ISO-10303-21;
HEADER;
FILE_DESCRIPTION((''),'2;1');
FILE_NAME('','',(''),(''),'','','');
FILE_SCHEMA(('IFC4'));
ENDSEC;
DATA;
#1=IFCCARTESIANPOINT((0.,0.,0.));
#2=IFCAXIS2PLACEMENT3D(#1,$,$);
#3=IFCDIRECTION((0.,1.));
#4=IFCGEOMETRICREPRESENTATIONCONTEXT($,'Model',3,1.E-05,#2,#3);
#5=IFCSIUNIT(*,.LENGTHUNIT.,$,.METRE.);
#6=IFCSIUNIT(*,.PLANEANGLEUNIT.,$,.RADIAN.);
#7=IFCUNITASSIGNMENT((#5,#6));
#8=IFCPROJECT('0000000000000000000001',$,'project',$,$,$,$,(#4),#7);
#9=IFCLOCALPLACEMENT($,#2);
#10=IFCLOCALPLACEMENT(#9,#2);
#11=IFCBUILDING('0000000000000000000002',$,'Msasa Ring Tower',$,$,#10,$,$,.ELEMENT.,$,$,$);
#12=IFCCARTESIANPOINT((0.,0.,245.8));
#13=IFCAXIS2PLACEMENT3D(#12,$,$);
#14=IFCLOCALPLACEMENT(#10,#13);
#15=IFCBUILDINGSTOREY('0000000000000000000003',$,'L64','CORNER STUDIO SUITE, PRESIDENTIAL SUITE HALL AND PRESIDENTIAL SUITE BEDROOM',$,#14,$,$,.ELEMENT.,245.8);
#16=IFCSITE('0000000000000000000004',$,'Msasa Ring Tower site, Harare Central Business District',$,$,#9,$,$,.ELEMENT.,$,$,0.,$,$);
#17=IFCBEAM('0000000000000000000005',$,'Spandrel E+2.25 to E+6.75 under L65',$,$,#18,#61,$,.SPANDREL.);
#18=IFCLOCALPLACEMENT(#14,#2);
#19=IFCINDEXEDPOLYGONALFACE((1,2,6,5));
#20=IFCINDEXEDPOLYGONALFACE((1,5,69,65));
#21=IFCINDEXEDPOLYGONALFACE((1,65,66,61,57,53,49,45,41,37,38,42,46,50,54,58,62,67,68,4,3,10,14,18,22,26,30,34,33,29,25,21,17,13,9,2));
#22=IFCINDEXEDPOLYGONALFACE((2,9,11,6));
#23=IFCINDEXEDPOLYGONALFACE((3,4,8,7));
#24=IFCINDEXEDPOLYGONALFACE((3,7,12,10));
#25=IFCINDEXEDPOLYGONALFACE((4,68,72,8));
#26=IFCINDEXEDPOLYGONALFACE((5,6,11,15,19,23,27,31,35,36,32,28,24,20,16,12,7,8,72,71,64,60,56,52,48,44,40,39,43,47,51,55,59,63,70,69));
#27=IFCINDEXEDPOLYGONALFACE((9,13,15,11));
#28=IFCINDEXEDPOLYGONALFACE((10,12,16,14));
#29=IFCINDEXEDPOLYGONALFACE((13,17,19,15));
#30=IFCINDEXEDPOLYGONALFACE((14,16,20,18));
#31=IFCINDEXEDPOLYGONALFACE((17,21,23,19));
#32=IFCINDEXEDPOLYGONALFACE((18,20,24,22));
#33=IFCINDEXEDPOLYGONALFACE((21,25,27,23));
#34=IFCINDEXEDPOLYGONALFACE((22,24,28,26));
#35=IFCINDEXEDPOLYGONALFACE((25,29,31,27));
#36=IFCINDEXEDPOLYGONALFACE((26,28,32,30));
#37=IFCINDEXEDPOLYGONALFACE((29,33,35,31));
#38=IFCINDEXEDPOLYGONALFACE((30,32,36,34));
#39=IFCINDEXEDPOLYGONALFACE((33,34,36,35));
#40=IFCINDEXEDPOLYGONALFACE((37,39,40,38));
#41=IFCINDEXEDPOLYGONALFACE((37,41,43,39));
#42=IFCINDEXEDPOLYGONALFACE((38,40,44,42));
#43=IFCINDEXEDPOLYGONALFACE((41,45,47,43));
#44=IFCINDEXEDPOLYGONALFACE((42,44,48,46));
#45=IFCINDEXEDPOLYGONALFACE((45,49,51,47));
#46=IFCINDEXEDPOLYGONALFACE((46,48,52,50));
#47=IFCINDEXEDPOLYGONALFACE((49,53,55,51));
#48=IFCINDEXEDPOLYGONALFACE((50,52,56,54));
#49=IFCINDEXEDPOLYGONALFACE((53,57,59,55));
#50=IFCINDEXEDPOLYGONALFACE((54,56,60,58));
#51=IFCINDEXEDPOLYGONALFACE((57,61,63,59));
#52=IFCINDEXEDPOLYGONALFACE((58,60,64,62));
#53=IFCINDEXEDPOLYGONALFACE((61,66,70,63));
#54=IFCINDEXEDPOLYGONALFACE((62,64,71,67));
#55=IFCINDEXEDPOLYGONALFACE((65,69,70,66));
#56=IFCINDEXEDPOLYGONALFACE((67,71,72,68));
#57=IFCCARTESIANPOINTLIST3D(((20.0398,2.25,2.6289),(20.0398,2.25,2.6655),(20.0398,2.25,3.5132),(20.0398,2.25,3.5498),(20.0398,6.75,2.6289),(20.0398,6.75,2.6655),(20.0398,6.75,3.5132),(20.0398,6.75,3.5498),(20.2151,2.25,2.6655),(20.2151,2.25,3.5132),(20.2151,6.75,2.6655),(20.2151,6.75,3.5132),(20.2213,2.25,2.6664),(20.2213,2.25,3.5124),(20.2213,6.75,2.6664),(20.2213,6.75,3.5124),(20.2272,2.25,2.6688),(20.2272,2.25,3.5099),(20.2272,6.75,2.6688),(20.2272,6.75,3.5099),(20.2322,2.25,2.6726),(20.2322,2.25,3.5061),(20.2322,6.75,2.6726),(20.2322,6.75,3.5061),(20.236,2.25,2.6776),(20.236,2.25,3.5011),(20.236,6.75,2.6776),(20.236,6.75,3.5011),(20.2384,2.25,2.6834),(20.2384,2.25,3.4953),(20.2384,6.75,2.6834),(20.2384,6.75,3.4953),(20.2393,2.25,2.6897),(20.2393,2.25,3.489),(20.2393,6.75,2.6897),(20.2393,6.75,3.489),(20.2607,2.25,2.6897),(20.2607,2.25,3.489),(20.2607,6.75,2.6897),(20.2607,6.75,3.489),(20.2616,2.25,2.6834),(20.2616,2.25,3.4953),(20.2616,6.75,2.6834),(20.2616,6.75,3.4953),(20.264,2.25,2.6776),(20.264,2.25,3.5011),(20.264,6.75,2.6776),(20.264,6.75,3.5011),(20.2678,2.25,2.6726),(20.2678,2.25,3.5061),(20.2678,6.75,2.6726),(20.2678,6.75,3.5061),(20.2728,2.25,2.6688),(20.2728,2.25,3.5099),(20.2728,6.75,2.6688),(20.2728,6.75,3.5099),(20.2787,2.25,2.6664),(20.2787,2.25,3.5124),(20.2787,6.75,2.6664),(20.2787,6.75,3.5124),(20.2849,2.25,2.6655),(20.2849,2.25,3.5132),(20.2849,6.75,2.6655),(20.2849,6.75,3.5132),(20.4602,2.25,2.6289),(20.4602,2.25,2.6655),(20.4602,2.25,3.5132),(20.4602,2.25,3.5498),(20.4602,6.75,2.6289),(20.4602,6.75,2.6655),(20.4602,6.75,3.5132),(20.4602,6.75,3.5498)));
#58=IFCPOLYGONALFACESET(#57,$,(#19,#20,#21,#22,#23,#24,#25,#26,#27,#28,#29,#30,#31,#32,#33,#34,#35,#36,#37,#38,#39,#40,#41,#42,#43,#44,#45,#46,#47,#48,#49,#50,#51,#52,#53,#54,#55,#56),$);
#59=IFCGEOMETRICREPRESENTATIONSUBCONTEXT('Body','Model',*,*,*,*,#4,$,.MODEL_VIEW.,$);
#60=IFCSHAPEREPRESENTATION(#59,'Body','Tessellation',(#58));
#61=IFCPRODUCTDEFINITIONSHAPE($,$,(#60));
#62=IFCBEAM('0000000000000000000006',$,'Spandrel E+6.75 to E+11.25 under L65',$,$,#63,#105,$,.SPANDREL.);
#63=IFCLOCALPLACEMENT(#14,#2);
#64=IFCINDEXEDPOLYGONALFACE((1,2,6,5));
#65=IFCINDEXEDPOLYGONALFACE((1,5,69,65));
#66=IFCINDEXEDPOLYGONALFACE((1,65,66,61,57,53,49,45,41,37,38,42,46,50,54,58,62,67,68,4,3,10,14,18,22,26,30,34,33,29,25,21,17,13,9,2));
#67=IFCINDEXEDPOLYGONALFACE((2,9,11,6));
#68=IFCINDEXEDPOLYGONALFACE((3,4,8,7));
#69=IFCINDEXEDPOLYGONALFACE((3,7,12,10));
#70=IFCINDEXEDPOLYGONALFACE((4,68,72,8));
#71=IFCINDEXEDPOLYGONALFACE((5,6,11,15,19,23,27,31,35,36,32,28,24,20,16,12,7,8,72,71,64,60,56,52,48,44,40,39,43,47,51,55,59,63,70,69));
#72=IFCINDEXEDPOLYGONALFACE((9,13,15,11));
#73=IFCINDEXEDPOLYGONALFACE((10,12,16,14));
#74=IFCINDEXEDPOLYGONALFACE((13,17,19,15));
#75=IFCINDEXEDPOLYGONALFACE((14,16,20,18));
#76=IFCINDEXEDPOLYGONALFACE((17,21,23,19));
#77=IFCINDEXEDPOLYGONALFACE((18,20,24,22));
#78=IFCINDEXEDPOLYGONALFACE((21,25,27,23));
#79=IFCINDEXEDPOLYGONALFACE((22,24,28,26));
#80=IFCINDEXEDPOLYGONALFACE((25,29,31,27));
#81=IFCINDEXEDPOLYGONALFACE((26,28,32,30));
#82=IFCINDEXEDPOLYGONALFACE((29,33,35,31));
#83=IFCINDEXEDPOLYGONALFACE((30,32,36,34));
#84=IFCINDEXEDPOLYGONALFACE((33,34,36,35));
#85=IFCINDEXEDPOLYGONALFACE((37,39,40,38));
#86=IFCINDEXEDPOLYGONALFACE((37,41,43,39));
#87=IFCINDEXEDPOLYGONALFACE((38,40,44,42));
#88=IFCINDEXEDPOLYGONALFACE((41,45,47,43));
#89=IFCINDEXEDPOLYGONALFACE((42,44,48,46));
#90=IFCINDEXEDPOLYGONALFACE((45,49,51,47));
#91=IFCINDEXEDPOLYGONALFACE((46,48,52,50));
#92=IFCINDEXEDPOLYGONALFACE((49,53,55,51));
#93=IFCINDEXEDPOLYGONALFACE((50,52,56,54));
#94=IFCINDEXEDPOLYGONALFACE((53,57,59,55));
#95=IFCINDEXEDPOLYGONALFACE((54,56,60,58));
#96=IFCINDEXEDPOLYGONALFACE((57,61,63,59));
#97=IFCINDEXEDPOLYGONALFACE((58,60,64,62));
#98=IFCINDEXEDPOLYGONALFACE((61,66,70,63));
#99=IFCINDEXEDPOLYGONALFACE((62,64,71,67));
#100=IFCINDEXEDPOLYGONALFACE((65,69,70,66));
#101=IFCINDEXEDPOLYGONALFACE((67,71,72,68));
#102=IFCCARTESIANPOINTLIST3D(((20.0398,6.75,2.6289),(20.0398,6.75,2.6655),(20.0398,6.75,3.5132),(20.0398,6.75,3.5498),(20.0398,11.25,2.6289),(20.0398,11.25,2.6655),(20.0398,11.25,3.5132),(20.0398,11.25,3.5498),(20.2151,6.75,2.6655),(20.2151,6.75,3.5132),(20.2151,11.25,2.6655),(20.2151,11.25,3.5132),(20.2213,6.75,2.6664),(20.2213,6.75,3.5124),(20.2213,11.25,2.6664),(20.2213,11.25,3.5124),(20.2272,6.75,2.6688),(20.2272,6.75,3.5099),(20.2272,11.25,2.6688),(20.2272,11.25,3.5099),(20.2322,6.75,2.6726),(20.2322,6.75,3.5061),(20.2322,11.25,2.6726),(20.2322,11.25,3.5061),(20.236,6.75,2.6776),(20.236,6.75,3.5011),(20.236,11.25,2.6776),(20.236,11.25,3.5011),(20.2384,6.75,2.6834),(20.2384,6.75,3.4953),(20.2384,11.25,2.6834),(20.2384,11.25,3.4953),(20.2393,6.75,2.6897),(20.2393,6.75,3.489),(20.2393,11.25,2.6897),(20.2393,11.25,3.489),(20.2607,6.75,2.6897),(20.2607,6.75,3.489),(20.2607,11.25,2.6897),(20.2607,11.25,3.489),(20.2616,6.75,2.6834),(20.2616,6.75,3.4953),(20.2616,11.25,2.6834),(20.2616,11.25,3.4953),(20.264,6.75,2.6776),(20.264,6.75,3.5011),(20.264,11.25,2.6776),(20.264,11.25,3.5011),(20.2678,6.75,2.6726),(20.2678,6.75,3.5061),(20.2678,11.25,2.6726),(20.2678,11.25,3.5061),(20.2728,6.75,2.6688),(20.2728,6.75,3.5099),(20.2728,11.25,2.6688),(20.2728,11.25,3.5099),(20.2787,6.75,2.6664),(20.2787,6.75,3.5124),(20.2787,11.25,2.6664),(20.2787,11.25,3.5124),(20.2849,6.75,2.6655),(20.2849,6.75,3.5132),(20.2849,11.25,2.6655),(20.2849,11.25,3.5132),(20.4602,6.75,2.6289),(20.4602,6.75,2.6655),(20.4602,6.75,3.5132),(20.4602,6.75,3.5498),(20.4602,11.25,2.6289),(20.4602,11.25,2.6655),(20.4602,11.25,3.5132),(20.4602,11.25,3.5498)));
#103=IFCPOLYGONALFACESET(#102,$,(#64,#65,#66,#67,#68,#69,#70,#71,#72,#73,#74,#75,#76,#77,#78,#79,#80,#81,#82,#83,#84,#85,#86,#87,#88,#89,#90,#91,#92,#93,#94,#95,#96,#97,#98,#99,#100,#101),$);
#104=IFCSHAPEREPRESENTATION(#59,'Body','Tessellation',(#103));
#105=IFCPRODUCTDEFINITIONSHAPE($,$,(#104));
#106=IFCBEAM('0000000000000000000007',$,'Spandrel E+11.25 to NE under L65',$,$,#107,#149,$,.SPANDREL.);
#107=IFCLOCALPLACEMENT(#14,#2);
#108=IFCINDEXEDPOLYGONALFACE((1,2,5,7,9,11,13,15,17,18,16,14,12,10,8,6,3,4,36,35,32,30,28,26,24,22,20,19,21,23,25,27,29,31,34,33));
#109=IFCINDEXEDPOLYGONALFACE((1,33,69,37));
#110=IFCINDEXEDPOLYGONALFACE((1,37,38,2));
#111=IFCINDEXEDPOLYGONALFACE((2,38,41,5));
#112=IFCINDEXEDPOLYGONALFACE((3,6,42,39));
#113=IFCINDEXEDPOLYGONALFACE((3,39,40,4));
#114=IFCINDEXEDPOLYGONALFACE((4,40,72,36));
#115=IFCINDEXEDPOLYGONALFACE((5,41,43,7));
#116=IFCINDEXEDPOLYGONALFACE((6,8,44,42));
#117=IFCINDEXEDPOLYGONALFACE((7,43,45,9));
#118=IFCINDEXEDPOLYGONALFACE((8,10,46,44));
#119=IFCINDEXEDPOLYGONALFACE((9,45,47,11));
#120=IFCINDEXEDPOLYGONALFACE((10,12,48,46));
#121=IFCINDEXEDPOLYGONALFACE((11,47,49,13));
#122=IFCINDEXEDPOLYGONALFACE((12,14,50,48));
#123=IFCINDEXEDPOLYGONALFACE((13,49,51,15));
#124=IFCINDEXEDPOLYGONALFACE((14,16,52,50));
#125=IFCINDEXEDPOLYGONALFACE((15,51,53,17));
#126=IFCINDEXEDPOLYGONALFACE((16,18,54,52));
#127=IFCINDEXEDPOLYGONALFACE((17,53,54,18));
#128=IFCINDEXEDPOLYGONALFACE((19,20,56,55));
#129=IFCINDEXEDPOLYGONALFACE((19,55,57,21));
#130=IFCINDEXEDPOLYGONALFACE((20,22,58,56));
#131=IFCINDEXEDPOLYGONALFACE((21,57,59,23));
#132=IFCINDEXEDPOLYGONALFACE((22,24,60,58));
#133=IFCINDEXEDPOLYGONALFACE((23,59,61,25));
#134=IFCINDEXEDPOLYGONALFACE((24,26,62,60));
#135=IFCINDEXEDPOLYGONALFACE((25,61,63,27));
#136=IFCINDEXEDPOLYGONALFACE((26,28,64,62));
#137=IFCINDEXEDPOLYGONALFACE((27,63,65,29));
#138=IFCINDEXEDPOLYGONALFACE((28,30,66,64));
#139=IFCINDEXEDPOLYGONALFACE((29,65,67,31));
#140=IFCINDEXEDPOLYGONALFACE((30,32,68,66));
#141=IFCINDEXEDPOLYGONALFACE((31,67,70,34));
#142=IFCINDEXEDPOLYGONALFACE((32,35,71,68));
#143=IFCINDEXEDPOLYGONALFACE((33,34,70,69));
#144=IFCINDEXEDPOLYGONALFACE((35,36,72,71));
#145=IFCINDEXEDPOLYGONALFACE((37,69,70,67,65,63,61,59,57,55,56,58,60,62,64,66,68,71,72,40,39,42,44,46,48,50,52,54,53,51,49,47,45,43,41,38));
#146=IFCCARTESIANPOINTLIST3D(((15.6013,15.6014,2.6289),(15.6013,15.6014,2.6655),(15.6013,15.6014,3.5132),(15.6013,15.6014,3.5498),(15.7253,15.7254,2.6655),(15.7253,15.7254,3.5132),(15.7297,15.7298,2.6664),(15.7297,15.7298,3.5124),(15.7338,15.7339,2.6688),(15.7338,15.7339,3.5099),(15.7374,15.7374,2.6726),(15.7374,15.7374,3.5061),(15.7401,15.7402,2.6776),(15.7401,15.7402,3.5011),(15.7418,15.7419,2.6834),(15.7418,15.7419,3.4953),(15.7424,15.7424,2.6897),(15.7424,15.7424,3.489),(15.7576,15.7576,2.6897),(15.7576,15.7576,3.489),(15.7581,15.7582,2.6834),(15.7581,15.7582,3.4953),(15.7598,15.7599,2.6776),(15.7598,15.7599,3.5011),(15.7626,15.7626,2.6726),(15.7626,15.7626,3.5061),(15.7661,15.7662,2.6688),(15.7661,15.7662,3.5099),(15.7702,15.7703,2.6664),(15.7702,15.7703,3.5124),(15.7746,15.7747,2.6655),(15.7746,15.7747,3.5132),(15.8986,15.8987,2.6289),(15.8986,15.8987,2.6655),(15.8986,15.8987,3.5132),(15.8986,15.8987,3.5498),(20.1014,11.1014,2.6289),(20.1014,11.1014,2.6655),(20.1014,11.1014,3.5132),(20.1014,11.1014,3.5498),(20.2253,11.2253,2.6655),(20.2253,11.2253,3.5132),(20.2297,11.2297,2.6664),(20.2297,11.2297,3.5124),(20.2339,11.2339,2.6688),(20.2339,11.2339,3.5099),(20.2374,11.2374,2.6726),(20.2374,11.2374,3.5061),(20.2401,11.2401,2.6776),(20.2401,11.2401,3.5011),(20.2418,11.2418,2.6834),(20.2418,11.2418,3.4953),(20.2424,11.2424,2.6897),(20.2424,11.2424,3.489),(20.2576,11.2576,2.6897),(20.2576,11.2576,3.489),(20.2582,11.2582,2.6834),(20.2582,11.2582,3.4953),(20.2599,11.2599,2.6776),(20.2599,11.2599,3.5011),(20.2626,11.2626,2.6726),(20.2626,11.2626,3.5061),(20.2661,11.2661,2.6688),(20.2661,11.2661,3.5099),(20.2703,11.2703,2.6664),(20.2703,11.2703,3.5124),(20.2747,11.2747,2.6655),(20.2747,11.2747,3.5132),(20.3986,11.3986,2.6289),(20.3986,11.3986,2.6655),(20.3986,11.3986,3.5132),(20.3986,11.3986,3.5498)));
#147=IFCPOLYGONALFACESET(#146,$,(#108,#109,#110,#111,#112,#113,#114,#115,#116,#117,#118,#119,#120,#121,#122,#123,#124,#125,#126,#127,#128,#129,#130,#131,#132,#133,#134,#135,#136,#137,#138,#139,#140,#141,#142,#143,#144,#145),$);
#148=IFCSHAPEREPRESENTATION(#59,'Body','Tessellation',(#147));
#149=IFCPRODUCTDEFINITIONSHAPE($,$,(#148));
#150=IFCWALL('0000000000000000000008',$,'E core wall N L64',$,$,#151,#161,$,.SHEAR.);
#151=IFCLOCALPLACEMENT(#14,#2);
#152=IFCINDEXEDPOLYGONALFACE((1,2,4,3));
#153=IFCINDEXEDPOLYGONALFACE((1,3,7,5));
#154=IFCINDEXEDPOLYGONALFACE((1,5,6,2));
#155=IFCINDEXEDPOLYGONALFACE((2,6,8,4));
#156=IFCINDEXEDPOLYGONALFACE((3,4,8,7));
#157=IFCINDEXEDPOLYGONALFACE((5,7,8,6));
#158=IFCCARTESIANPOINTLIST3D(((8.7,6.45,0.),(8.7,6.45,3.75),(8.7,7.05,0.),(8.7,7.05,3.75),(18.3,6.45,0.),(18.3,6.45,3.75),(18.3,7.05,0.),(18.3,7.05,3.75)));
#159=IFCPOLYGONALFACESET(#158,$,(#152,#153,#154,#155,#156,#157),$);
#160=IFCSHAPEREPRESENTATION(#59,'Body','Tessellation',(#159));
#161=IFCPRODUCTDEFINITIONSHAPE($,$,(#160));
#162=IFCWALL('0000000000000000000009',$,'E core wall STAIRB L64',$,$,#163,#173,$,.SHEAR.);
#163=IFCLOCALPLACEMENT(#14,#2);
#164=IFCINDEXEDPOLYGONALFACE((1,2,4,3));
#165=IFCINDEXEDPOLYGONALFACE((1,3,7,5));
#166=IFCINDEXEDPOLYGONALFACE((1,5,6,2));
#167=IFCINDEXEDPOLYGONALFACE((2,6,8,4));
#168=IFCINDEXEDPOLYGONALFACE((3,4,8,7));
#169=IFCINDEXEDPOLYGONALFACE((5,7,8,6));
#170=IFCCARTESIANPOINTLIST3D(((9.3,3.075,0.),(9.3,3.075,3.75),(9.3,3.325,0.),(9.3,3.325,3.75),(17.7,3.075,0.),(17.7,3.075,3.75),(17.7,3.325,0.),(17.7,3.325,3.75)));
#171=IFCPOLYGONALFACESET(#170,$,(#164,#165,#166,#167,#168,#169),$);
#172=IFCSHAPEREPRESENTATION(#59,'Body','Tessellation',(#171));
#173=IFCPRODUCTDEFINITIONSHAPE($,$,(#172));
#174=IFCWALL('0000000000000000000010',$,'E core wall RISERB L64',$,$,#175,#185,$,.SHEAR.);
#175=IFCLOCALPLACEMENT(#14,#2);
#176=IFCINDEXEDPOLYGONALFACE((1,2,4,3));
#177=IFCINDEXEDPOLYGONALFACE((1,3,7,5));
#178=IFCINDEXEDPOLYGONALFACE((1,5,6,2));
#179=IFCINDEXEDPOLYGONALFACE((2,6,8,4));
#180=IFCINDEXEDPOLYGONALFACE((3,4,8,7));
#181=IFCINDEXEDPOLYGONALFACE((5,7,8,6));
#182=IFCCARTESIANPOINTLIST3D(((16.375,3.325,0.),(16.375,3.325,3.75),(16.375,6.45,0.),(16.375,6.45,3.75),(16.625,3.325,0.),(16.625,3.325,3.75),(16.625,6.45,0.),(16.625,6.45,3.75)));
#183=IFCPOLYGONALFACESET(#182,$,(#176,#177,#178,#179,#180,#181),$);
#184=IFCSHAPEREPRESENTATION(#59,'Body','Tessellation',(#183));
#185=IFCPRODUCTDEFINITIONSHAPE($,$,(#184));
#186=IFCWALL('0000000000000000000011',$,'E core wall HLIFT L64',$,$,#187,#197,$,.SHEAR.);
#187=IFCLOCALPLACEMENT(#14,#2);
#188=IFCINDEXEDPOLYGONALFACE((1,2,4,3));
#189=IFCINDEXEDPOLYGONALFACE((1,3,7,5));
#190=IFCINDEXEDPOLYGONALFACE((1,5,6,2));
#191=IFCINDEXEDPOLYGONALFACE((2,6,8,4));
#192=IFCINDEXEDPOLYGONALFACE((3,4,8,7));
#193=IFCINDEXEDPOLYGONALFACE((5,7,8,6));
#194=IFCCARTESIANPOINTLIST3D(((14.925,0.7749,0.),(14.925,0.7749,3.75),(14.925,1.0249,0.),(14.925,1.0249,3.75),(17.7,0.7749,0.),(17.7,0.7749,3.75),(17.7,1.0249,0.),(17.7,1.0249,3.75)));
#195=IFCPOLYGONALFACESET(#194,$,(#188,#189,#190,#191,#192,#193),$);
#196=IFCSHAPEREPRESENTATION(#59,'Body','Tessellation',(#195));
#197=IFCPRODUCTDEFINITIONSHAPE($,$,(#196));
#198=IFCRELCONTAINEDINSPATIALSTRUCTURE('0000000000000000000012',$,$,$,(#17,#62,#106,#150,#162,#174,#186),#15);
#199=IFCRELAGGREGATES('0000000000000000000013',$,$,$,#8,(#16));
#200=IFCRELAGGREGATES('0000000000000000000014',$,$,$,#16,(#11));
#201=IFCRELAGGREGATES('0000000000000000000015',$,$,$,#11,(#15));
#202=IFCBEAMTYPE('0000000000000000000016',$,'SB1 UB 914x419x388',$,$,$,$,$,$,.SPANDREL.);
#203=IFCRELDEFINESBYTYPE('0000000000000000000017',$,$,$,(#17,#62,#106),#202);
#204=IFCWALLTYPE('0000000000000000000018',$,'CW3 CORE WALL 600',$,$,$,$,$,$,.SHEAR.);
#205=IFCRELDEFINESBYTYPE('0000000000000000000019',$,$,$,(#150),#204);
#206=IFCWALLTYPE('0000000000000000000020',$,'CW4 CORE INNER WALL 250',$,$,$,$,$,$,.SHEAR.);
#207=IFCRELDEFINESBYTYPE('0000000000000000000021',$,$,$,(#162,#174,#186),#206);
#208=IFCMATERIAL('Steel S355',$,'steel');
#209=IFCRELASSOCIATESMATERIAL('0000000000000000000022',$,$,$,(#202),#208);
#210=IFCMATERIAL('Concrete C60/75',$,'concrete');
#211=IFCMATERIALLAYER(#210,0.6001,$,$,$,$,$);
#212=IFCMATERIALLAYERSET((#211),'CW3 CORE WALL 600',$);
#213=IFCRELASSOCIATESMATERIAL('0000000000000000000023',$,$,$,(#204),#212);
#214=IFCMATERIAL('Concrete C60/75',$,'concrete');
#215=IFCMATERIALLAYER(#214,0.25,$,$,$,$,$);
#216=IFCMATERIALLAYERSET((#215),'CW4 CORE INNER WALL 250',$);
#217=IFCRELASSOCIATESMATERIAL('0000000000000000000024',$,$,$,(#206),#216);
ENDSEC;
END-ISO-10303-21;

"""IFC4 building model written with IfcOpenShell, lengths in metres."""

from ifc_helpers import new_model, si_unit, direction, frame, frame_2d, origin, origin_2d, place, context, subcontext, project, spatial, rectangle, i_section, extrude, material, layer, layer_set, material_profile, profile_set, type_object, element, save


model = new_model("IFC4")

# Units and contexts
model_context = context("Model", 3, precision=1e-05, world=origin(), true_north=direction((0.0, 1.0)))
body_context = subcontext(model_context, "Body", "Model", "MODEL_VIEW")
ifc_project = project(units=[si_unit("LENGTHUNIT", "METRE"), si_unit("PLANEANGLEUNIT", "RADIAN")], contexts=[model_context])

# Site, building, storey
site_placement = place(None, origin())
site = spatial("IfcSite", under=ifc_project, at=site_placement, Name="Msasa Ring Tower site, Harare Central Business District", CompositionType="ELEMENT", RefElevation=0.0)
building_placement = place(site_placement, origin())
building = spatial("IfcBuilding", under=site, at=building_placement, Name="Msasa Ring Tower", CompositionType="ELEMENT")
storey_placement = place(building_placement, frame((0.0, 0.0, 245.8)))
storey = spatial("IfcBuildingStorey", under=building, at=storey_placement, Name="L64", Description="CORNER STUDIO SUITE, PRESIDENTIAL SUITE HALL AND PRESIDENTIAL SUITE BEDROOM", CompositionType="ELEMENT", Elevation=245.8)

# Beams
ifc_material_1 = material(Name="Steel S355", Category="steel")
ifc_material_profile_1 = material_profile(ifc_material_1, i_section(OverallWidth=0.4204, OverallDepth=0.9209, WebThickness=0.0215, FlangeThickness=0.0366, FilletRadius=0.0242, at=origin_2d()), Name="UB 914x419x388")
ifc_profile_set_1 = profile_set([ifc_material_profile_1], Name="Steel S355")
beam_type_1 = type_object("IfcBeamType", Name="SB1 UB 914x419x388", PredefinedType="SPANDREL", material=ifc_profile_set_1)
for number, where, z_axis, x_axis, name in (
    (1, (20.25, 2.25, 3.0894), (0.0, 1.0, 0.0), (-1.0, 0.0, 0.0), "Spandrel E+2.25 to E+6.75 under L65"),
    (2, (20.25, 6.75, 3.0894), (0.0, 1.0, 0.0), (-1.0, 0.0, 0.0), "Spandrel E+6.75 to E+11.25 under L65"),
):
    element("IfcBeam", number, at=place(storey_placement, frame(where, z_axis=z_axis, x_axis=x_axis)), inside=storey, type_object=beam_type_1, Name=name, PredefinedType="SPANDREL", context=body_context, shape_type="SweptSolid", body=[
        extrude(i_section(OverallWidth=0.4204, OverallDepth=0.9209, WebThickness=0.0215, FlangeThickness=0.0366, FilletRadius=0.0242, at=origin_2d()), origin(), (0.0, 0.0, 1.0), 4.5),
    ])
beam_1_placement = place(storey_placement, frame((20.25, 11.25, 3.0894), z_axis=(-0.707107, 0.707107, 0.0), x_axis=(-0.707107, -0.707107, 0.0)))
element("IfcBeam", 3, at=beam_1_placement, inside=storey, type_object=beam_type_1, Name="Spandrel E+11.25 to NE under L65", PredefinedType="SPANDREL", context=body_context, shape_type="SweptSolid", body=[
    extrude(i_section(OverallWidth=0.4204, OverallDepth=0.9209, WebThickness=0.0215, FlangeThickness=0.0366, FilletRadius=0.0242, at=origin_2d()), origin(), (0.0, 0.0, 1.0), 6.364),
])

# Walls
ifc_material_2 = material(Name="Concrete C60/75", Category="concrete")
ifc_layer_1 = layer(ifc_material_2, 0.6001)
ifc_layer_set_1 = layer_set([ifc_layer_1], Name="CW3 CORE WALL 600")
wall_type_1 = type_object("IfcWallType", Name="CW3 CORE WALL 600", PredefinedType="SHEAR", material=ifc_layer_set_1)
wall_1_placement = place(storey_placement, frame((8.7, 6.75, 0.0), z_axis=(0.0, 0.0, 1.0), x_axis=(1.0, 0.0, 0.0)))
element("IfcWall", 4, at=wall_1_placement, inside=storey, type_object=wall_type_1, Name="E core wall N L64", PredefinedType="SHEAR", context=body_context, shape_type="SweptSolid", body=[
    extrude(rectangle(XDim=9.6001, YDim=0.6001, at=frame_2d((4.8, 0.0))), origin(), (0.0, 0.0, 1.0), 3.75),
])
ifc_material_3 = material(Name="Concrete C60/75", Category="concrete")
ifc_layer_2 = layer(ifc_material_3, 0.25)
ifc_layer_set_2 = layer_set([ifc_layer_2], Name="CW4 CORE INNER WALL 250")
wall_type_2 = type_object("IfcWallType", Name="CW4 CORE INNER WALL 250", PredefinedType="SHEAR", material=ifc_layer_set_2)
wall_2_placement = place(storey_placement, frame((9.3, 3.2, 0.0), z_axis=(0.0, 0.0, 1.0), x_axis=(1.0, 0.0, 0.0)))
element("IfcWall", 5, at=wall_2_placement, inside=storey, type_object=wall_type_2, Name="E core wall STAIRB L64", PredefinedType="SHEAR", context=body_context, shape_type="SweptSolid", body=[
    extrude(rectangle(XDim=8.3999, YDim=0.25, at=frame_2d((4.2, 0.0))), origin(), (0.0, 0.0, 1.0), 3.75),
])
wall_3_placement = place(storey_placement, frame((16.5, 3.325, 0.0), z_axis=(0.0, 0.0, 1.0), x_axis=(0.0, 1.0, 0.0)))
element("IfcWall", 6, at=wall_3_placement, inside=storey, type_object=wall_type_2, Name="E core wall RISERB L64", PredefinedType="SHEAR", context=body_context, shape_type="SweptSolid", body=[
    extrude(rectangle(XDim=3.125, YDim=0.25, at=frame_2d((1.5625, 0.0))), origin(), (0.0, 0.0, 1.0), 3.75),
])
wall_4_placement = place(storey_placement, frame((14.925, 0.8999, 0.0), z_axis=(0.0, 0.0, 1.0), x_axis=(1.0, 0.0, 0.0)))
element("IfcWall", 7, at=wall_4_placement, inside=storey, type_object=wall_type_2, Name="E core wall HLIFT L64", PredefinedType="SHEAR", context=body_context, shape_type="SweptSolid", body=[
    extrude(rectangle(XDim=2.7749, YDim=0.25, at=frame_2d((1.3875, 0.0))), origin(), (0.0, 0.0, 1.0), 3.75),
])

save(model, "model.ifc")
